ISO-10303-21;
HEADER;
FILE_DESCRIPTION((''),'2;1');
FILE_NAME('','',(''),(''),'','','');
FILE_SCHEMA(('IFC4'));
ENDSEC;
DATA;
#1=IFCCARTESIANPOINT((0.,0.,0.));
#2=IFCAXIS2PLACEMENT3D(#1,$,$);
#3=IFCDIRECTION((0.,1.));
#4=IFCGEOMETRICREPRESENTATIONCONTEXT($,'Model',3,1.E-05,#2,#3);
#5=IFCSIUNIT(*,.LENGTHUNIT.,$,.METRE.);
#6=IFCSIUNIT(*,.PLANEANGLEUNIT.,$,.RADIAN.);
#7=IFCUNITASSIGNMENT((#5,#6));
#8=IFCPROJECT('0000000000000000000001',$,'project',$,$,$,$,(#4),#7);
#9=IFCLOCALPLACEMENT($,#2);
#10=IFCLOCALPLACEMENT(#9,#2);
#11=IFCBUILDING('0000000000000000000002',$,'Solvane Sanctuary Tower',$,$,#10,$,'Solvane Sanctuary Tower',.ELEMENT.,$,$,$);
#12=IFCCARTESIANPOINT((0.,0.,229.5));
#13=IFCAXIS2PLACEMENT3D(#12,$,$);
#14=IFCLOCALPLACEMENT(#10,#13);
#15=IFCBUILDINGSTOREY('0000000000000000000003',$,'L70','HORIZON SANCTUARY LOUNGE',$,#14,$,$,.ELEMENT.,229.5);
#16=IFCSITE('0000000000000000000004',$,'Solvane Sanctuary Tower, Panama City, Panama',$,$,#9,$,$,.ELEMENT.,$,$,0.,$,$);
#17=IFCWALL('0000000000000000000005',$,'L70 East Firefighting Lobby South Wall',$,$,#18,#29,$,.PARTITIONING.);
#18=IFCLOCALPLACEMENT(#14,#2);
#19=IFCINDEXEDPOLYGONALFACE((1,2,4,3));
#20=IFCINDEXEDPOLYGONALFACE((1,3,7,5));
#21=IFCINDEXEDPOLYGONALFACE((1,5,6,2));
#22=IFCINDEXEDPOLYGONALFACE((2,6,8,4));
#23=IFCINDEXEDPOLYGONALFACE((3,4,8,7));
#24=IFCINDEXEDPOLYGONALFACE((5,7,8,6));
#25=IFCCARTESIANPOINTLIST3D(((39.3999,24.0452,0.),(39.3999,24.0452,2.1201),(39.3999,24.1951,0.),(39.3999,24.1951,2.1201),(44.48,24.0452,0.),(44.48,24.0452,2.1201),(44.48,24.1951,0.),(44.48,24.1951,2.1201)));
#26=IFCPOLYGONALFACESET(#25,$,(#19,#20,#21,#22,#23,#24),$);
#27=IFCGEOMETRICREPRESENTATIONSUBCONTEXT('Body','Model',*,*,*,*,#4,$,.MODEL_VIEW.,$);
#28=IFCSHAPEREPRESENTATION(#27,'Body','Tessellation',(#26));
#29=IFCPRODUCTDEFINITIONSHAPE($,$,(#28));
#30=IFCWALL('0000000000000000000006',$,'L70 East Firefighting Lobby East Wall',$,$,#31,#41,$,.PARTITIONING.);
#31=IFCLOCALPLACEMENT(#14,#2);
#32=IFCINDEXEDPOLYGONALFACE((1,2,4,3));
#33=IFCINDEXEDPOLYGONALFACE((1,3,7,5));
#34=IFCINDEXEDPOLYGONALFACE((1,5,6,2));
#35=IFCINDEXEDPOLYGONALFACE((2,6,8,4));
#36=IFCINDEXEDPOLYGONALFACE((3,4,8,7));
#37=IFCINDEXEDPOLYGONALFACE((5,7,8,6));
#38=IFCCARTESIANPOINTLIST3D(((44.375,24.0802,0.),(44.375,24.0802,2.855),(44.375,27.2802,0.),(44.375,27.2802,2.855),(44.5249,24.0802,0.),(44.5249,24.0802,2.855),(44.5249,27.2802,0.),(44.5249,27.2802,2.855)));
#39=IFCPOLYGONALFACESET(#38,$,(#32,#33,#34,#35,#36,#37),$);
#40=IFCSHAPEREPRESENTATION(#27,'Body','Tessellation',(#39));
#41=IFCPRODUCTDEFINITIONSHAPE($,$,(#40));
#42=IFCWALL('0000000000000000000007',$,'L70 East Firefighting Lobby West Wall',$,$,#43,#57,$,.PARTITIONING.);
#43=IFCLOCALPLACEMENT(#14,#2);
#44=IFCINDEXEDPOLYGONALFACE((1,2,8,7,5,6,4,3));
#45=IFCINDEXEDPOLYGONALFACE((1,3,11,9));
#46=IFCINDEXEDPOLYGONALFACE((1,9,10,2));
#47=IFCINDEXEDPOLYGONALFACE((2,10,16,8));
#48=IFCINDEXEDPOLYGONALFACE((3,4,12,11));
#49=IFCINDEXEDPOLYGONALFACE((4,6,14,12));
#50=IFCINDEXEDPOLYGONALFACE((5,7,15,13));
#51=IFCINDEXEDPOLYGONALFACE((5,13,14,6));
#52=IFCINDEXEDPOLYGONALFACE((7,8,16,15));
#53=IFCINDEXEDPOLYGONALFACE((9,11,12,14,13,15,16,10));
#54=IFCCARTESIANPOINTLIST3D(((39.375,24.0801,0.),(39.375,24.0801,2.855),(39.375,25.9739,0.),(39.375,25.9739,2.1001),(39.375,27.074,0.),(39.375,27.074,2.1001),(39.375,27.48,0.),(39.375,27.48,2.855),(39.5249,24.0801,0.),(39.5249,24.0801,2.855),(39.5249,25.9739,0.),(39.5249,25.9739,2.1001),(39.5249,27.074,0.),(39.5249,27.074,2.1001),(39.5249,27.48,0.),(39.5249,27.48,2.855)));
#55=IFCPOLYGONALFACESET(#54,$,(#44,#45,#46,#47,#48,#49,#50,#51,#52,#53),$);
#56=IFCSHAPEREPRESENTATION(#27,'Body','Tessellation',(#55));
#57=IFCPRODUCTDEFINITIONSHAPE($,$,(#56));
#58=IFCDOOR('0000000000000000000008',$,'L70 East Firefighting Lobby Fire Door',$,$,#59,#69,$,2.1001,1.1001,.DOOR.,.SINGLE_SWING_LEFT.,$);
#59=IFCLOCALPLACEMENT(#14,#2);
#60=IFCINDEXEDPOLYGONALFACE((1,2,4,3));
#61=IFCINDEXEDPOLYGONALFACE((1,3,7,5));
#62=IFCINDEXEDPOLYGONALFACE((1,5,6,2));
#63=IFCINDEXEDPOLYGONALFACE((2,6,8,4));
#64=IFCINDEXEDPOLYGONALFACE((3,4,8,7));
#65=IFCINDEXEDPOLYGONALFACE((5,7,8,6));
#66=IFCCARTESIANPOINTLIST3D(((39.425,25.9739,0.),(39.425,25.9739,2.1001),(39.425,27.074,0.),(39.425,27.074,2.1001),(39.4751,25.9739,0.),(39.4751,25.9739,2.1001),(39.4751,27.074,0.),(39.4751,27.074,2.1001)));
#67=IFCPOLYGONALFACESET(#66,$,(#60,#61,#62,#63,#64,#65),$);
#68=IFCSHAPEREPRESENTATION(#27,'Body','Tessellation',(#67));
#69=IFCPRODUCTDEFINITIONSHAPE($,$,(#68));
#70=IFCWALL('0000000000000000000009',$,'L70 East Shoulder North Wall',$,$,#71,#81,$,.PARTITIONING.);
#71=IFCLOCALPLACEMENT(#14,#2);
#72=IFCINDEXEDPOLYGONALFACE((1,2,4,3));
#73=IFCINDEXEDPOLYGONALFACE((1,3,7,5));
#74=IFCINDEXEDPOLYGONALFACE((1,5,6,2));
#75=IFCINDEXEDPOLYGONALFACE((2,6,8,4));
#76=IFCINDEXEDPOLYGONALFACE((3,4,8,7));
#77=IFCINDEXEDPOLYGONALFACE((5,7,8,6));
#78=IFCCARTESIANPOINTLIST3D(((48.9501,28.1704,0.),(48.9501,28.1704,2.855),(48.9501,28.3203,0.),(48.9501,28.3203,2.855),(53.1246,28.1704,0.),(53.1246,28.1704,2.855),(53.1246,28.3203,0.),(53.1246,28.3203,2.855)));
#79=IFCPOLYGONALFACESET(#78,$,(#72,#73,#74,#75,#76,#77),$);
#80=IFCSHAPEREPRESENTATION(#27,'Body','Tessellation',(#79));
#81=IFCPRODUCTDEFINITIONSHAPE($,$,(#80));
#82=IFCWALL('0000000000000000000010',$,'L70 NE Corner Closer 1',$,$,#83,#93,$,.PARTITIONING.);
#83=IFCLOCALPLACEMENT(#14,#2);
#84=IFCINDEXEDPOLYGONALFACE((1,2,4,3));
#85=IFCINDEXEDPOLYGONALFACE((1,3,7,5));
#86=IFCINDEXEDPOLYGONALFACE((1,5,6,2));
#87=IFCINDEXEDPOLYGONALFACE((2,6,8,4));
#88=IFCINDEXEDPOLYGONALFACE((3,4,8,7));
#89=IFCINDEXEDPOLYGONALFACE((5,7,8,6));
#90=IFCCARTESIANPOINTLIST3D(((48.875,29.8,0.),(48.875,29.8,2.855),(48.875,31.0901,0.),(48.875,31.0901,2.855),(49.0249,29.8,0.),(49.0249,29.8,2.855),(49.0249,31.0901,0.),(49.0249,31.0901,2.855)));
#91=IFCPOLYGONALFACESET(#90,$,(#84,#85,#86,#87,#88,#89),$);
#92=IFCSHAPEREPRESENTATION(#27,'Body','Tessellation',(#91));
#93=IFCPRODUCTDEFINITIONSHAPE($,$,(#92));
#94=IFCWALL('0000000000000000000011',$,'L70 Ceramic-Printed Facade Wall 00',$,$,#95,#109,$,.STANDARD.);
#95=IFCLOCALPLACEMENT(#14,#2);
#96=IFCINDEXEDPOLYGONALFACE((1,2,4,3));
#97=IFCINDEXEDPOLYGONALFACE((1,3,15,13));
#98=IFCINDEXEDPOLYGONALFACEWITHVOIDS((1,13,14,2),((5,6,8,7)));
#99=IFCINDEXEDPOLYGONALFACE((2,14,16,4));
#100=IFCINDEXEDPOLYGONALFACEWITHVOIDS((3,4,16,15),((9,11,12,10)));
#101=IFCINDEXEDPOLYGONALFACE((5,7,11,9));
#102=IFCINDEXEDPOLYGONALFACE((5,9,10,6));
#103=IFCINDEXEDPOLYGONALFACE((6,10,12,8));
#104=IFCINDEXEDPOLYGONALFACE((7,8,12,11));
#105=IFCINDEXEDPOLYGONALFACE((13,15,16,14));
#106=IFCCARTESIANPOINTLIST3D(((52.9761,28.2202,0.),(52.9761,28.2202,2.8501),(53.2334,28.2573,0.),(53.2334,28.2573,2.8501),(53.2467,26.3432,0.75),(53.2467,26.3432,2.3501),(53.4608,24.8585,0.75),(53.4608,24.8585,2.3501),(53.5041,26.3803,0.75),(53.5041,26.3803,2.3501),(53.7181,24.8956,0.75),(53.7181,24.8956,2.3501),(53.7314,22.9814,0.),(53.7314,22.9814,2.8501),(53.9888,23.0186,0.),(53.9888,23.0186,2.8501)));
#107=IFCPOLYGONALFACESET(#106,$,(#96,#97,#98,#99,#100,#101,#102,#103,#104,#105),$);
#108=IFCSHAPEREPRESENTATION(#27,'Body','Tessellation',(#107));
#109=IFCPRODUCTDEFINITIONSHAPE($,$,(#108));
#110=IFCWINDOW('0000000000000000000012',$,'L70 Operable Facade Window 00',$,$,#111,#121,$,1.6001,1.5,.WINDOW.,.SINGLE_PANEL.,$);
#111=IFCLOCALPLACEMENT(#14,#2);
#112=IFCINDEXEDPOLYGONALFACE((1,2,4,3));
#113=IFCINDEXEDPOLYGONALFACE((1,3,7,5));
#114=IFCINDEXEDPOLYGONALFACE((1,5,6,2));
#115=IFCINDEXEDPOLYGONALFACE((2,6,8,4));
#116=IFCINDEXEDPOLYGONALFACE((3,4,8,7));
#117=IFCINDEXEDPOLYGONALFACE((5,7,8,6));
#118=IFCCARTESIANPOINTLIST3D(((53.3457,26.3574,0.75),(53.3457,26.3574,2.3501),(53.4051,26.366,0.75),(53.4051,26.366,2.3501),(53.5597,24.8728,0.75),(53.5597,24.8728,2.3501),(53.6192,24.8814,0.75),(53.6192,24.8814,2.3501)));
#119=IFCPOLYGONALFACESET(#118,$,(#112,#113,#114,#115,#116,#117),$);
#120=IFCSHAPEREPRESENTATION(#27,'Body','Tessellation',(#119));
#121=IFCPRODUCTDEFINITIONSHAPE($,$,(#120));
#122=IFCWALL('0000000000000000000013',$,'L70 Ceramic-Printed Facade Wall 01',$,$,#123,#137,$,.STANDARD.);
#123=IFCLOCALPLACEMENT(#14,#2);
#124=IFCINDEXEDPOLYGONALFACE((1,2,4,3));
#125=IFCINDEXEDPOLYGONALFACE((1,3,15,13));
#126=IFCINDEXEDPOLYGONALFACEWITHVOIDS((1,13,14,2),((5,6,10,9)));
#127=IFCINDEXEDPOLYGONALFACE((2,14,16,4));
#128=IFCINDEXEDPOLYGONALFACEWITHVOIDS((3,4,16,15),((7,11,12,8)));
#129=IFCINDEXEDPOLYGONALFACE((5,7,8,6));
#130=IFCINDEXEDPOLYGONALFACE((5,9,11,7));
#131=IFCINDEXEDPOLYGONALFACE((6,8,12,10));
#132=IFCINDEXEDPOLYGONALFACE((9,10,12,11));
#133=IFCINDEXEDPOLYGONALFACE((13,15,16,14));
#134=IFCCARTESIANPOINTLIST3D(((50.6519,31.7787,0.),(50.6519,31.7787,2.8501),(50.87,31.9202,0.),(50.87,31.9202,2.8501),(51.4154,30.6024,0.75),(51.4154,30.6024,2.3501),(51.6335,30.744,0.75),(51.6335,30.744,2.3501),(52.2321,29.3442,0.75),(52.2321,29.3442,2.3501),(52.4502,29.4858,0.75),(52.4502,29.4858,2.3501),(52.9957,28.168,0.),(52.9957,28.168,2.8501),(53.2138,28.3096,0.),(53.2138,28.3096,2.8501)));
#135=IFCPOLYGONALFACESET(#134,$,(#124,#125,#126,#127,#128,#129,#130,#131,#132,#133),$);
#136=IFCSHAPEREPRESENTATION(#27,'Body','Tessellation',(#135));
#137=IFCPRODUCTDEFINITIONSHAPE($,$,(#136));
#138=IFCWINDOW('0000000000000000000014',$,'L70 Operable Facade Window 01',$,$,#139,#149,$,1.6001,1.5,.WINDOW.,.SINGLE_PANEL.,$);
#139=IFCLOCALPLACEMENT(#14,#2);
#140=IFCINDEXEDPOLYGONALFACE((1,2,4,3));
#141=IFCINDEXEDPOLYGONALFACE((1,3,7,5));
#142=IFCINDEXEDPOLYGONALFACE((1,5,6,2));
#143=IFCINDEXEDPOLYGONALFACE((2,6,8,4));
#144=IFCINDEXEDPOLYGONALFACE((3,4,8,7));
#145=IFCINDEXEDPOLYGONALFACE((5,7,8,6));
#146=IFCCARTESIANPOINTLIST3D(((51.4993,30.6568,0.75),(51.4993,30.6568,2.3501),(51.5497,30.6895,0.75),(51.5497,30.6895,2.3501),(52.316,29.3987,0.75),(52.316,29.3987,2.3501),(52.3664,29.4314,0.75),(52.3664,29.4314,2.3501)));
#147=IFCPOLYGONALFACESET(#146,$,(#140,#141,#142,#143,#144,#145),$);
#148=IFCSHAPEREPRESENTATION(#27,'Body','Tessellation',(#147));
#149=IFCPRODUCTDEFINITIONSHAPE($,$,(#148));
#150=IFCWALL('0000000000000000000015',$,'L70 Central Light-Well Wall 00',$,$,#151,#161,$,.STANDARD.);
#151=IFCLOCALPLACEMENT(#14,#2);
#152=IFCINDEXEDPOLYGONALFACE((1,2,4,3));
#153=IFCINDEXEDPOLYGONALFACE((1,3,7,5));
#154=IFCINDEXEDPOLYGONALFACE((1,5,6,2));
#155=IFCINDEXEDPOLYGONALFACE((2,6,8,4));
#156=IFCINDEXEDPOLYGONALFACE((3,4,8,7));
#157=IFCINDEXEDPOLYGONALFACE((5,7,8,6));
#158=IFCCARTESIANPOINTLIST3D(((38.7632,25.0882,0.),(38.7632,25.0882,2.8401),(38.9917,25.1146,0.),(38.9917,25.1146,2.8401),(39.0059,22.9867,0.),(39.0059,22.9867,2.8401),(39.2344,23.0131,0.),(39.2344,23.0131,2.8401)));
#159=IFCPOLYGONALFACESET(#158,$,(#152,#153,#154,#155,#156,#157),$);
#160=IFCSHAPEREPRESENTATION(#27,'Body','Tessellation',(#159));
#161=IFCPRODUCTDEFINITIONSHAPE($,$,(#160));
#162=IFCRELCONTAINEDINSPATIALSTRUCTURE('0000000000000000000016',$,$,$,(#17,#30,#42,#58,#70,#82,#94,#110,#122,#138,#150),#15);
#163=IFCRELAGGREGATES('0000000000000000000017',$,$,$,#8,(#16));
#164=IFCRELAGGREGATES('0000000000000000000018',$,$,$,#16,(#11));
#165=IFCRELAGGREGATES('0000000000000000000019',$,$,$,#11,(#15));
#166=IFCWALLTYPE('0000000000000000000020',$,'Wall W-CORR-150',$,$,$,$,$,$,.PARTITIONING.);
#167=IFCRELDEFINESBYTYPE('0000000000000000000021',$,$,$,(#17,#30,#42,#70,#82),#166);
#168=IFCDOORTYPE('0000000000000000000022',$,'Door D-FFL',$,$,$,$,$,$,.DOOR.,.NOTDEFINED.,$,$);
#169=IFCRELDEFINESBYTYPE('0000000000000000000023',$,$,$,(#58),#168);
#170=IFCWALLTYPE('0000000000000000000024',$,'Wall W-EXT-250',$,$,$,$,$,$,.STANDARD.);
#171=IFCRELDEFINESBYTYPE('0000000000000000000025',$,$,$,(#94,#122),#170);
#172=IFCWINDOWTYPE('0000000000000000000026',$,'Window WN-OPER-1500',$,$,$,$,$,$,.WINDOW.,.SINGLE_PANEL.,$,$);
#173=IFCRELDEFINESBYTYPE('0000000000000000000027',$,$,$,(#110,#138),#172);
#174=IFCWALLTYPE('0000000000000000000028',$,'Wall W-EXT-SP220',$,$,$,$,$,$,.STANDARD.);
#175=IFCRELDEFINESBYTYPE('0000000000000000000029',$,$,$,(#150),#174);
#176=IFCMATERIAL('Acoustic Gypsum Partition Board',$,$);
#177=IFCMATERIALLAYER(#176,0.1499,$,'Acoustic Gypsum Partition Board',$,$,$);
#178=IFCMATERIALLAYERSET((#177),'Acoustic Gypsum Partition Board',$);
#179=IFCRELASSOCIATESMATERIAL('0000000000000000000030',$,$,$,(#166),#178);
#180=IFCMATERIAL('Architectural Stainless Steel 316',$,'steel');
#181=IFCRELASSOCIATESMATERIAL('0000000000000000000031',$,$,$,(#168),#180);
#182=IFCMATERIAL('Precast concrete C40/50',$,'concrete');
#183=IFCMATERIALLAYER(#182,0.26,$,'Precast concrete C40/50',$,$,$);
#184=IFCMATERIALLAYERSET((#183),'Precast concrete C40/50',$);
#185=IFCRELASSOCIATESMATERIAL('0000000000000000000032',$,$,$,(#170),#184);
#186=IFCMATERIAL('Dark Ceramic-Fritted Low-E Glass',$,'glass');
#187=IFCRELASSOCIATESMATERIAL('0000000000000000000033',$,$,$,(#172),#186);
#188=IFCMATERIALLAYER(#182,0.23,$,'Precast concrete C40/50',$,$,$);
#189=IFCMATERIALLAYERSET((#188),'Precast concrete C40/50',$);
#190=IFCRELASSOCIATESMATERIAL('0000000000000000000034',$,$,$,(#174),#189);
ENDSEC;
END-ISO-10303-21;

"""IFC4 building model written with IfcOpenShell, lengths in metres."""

from ifc_helpers import new_model, si_unit, direction, frame, frame_2d, origin, place, context, subcontext, project, spatial, rectangle, extrude, material, layer, layer_set, type_object, element, fill, save


model = new_model("IFC4")

# Units and contexts
model_context = context("Model", 3, precision=1e-05, world=origin(), true_north=direction((0.0, 1.0)))
body_context = subcontext(model_context, "Body", "Model", "MODEL_VIEW")
ifc_project = project(units=[si_unit("LENGTHUNIT", "METRE"), si_unit("PLANEANGLEUNIT", "RADIAN")], contexts=[model_context])

# Site, building, storey
site_placement = place(None, origin())
site = spatial("IfcSite", under=ifc_project, at=site_placement, Name="Solvane Sanctuary Tower, Panama City, Panama", CompositionType="ELEMENT", RefElevation=0.0)
building_placement = place(site_placement, origin())
building = spatial("IfcBuilding", under=site, at=building_placement, Name="Solvane Sanctuary Tower", LongName="Solvane Sanctuary Tower", CompositionType="ELEMENT")
storey_placement = place(building_placement, frame((0.0, 0.0, 229.5)))
storey = spatial("IfcBuildingStorey", under=building, at=storey_placement, Name="L70", Description="HORIZON SANCTUARY LOUNGE", CompositionType="ELEMENT", Elevation=229.5)

# Walls
ifc_material_1 = material(Name="Acoustic Gypsum Partition Board")
ifc_layer_1 = layer(ifc_material_1, 0.1499, Name="Acoustic Gypsum Partition Board")
ifc_layer_set_1 = layer_set([ifc_layer_1], Name="Acoustic Gypsum Partition Board")
wall_type_1 = type_object("IfcWallType", Name="Wall W-CORR-150", PredefinedType="PARTITIONING", material=ifc_layer_set_1)
wall_1_placement = place(storey_placement, frame((39.3999, 24.1201, 0.0), z_axis=(0.0, 0.0, 1.0), x_axis=(1.0, 0.0, 0.0)))
element("IfcWall", 1, at=wall_1_placement, inside=storey, type_object=wall_type_1, Name="L70 East Firefighting Lobby South Wall", PredefinedType="PARTITIONING", context=body_context, shape_type="SweptSolid", body=[
    extrude(rectangle(XDim=5.0801, YDim=0.1499, at=frame_2d((2.54, 0.0))), origin(), (0.0, 0.0, 1.0), 2.1201),
])
wall_2_placement = place(storey_placement, frame((44.45, 24.0801, 0.0), z_axis=(0.0, 0.0, 1.0), x_axis=(0.0, 1.0, 0.0)))
element("IfcWall", 2, at=wall_2_placement, inside=storey, type_object=wall_type_1, Name="L70 East Firefighting Lobby East Wall", PredefinedType="PARTITIONING", context=body_context, shape_type="SweptSolid", body=[
    extrude(rectangle(XDim=3.2, YDim=0.1499, at=frame_2d((1.6001, 0.0))), origin(), (0.0, 0.0, 1.0), 2.855),
])

# Wall, opening, door
wall_3_placement = place(storey_placement, frame((39.45, 24.0801, 0.0), z_axis=(0.0, 0.0, 1.0), x_axis=(0.0, 1.0, 0.0)))
wall_3 = element("IfcWall", 3, at=wall_3_placement, inside=storey, type_object=wall_type_1, Name="L70 East Firefighting Lobby West Wall", PredefinedType="PARTITIONING", context=body_context, shape_type="SweptSolid", body=[
    extrude(rectangle(XDim=3.3999, YDim=0.1499, at=frame_2d((1.7, 0.0))), origin(), (0.0, 0.0, 1.0), 2.855),
])
opening_1_placement = place(wall_3_placement, frame((1.8938, 0.0, 0.0)))
opening_1 = element("IfcOpeningElement", 4, at=opening_1_placement, cuts=wall_3, PredefinedType="OPENING", context=body_context, shape_type="SweptSolid", body=[
    extrude(rectangle(XDim=1.1001, YDim=2.1001, at=frame_2d((0.55, 1.05))), frame((0.0, 0.085, 0.0), z_axis=(0.0, -1.0, 0.0), x_axis=(1.0, 0.0, 0.0)), (0.0, 0.0, 1.0), 0.1699),
])
ifc_material_2 = material(Name="Architectural Stainless Steel 316", Category="steel")
door_type_1 = type_object("IfcDoorType", Name="Door D-FFL", OperationType="NOTDEFINED", PredefinedType="DOOR", material=ifc_material_2)
door_1_placement = place(opening_1_placement, origin())
door_1 = element("IfcDoor", 5, at=door_1_placement, inside=storey, type_object=door_type_1, Name="L70 East Firefighting Lobby Fire Door", OperationType="SINGLE_SWING_LEFT", OverallHeight=2.1001, OverallWidth=1.1001, PredefinedType="DOOR", context=body_context, shape_type="SweptSolid", body=[
    extrude(rectangle(XDim=1.1001, YDim=2.1001, at=frame_2d((0.55, 1.05))), frame((0.0, 0.0249, 0.0), z_axis=(0.0, -1.0, 0.0), x_axis=(1.0, 0.0, 0.0)), (0.0, 0.0, 1.0), 0.05),
])
fill(opening_1, door_1)

# Walls
wall_4_placement = place(storey_placement, frame((48.95, 28.2454, 0.0), z_axis=(0.0, 0.0, 1.0), x_axis=(1.0, 0.0, 0.0)))
element("IfcWall", 6, at=wall_4_placement, inside=storey, type_object=wall_type_1, Name="L70 East Shoulder North Wall", PredefinedType="PARTITIONING", context=body_context, shape_type="SweptSolid", body=[
    extrude(rectangle(XDim=4.1746, YDim=0.1499, at=frame_2d((2.0874, 0.0))), origin(), (0.0, 0.0, 1.0), 2.855),
])
wall_5_placement = place(storey_placement, frame((48.95, 29.8, 0.0), z_axis=(0.0, 0.0, 1.0), x_axis=(0.0, 1.0, 0.0)))
element("IfcWall", 7, at=wall_5_placement, inside=storey, type_object=wall_type_1, Name="L70 NE Corner Closer 1", PredefinedType="PARTITIONING", context=body_context, shape_type="SweptSolid", body=[
    extrude(rectangle(XDim=1.29, YDim=0.1499, at=frame_2d((0.645, 0.0))), origin(), (0.0, 0.0, 1.0), 2.855),
])

# Walls, openings, windows
ifc_material_3 = material(Name="Precast concrete C40/50", Category="concrete")
ifc_layer_2 = layer(ifc_material_3, 0.26, Name="Precast concrete C40/50")
ifc_layer_set_2 = layer_set([ifc_layer_2], Name="Precast concrete C40/50")
wall_type_2 = type_object("IfcWallType", Name="Wall W-EXT-250", PredefinedType="STANDARD", material=ifc_layer_set_2)
wall_6_placement = place(storey_placement, frame((53.8601, 23.0, 0.0), z_axis=(0.0, 0.0, 1.0), x_axis=(-0.142713, 0.989764, 0.0)))
wall_6 = element("IfcWall", 8, at=wall_6_placement, inside=storey, type_object=wall_type_2, Name="L70 Ceramic-Printed Facade Wall 00", PredefinedType="STANDARD", context=body_context, shape_type="SweptSolid", body=[
    extrude(rectangle(XDim=5.293, YDim=0.26, at=frame_2d((2.6465, 0.0))), origin(), (0.0, 0.0, 1.0), 2.8501),
])
opening_2_placement = place(wall_6_placement, frame((1.8965, 0.0, 0.75)))
opening_2 = element("IfcOpeningElement", 9, at=opening_2_placement, cuts=wall_6, PredefinedType="OPENING", context=body_context, shape_type="SweptSolid", body=[
    extrude(rectangle(XDim=1.5, YDim=1.6001, at=frame_2d((0.75, 0.8))), frame((0.0, 0.1399, 0.0), z_axis=(0.0, -1.0, 0.0), x_axis=(1.0, 0.0, 0.0)), (0.0, 0.0, 1.0), 0.28),
])
ifc_material_4 = material(Name="Dark Ceramic-Fritted Low-E Glass", Category="glass")
window_type_1 = type_object("IfcWindowType", Name="Window WN-OPER-1500", PartitioningType="SINGLE_PANEL", PredefinedType="WINDOW", material=ifc_material_4)
window_1_placement = place(opening_2_placement, origin())
window_1 = element("IfcWindow", 10, at=window_1_placement, inside=storey, type_object=window_type_1, Name="L70 Operable Facade Window 00", OverallHeight=1.6001, OverallWidth=1.5, PartitioningType="SINGLE_PANEL", PredefinedType="WINDOW", context=body_context, shape_type="SweptSolid", body=[
    extrude(rectangle(XDim=1.5, YDim=1.6001, at=frame_2d((0.75, 0.8))), frame((0.0, 0.03, 0.0), z_axis=(0.0, -1.0, 0.0), x_axis=(1.0, 0.0, 0.0)), (0.0, 0.0, 1.0), 0.0601),
])
fill(opening_2, window_1)
wall_7_placement = place(storey_placement, frame((53.1047, 28.2388, 0.0), z_axis=(0.0, 0.0, 1.0), x_axis=(-0.544476, 0.838776, 0.0)))
wall_7 = element("IfcWall", 11, at=wall_7_placement, inside=storey, type_object=wall_type_2, Name="L70 Ceramic-Printed Facade Wall 01", PredefinedType="STANDARD", context=body_context, shape_type="SweptSolid", body=[
    extrude(rectangle(XDim=4.3047, YDim=0.26, at=frame_2d((2.1523, 0.0))), origin(), (0.0, 0.0, 1.0), 2.8501),
])
opening_3_placement = place(wall_7_placement, frame((1.4023, 0.0, 0.75)))
opening_3 = element("IfcOpeningElement", 12, at=opening_3_placement, cuts=wall_7, PredefinedType="OPENING", context=body_context, shape_type="SweptSolid", body=[
    extrude(rectangle(XDim=1.5, YDim=1.6001, at=frame_2d((0.75, 0.8))), frame((0.0, 0.1399, 0.0), z_axis=(0.0, -1.0, 0.0), x_axis=(1.0, 0.0, 0.0)), (0.0, 0.0, 1.0), 0.28),
])
window_2_placement = place(opening_3_placement, origin())
window_2 = element("IfcWindow", 13, at=window_2_placement, inside=storey, type_object=window_type_1, Name="L70 Operable Facade Window 01", OverallHeight=1.6001, OverallWidth=1.5, PartitioningType="SINGLE_PANEL", PredefinedType="WINDOW", context=body_context, shape_type="SweptSolid", body=[
    extrude(rectangle(XDim=1.5, YDim=1.6001, at=frame_2d((0.75, 0.8))), frame((0.0, 0.03, 0.0), z_axis=(0.0, -1.0, 0.0), x_axis=(1.0, 0.0, 0.0)), (0.0, 0.0, 1.0), 0.0601),
])
fill(opening_3, window_2)

# Wall
ifc_layer_3 = layer(ifc_material_3, 0.23, Name="Precast concrete C40/50")
ifc_layer_set_3 = layer_set([ifc_layer_3], Name="Precast concrete C40/50")
wall_type_3 = type_object("IfcWallType", Name="Wall W-EXT-SP220", PredefinedType="STANDARD", material=ifc_layer_set_3)
wall_8_placement = place(storey_placement, frame((39.1201, 23.0, 0.0), z_axis=(0.0, 0.0, 1.0), x_axis=(-0.114712, 0.993399, 0.0)))
element("IfcWall", 14, at=wall_8_placement, inside=storey, type_object=wall_type_3, Name="L70 Central Light-Well Wall 00", PredefinedType="STANDARD", context=body_context, shape_type="SweptSolid", body=[
    extrude(rectangle(XDim=2.1155, YDim=0.23, at=frame_2d((1.0576, 0.0))), origin(), (0.0, 0.0, 1.0), 2.8401),
])

save(model, "model.ifc")
